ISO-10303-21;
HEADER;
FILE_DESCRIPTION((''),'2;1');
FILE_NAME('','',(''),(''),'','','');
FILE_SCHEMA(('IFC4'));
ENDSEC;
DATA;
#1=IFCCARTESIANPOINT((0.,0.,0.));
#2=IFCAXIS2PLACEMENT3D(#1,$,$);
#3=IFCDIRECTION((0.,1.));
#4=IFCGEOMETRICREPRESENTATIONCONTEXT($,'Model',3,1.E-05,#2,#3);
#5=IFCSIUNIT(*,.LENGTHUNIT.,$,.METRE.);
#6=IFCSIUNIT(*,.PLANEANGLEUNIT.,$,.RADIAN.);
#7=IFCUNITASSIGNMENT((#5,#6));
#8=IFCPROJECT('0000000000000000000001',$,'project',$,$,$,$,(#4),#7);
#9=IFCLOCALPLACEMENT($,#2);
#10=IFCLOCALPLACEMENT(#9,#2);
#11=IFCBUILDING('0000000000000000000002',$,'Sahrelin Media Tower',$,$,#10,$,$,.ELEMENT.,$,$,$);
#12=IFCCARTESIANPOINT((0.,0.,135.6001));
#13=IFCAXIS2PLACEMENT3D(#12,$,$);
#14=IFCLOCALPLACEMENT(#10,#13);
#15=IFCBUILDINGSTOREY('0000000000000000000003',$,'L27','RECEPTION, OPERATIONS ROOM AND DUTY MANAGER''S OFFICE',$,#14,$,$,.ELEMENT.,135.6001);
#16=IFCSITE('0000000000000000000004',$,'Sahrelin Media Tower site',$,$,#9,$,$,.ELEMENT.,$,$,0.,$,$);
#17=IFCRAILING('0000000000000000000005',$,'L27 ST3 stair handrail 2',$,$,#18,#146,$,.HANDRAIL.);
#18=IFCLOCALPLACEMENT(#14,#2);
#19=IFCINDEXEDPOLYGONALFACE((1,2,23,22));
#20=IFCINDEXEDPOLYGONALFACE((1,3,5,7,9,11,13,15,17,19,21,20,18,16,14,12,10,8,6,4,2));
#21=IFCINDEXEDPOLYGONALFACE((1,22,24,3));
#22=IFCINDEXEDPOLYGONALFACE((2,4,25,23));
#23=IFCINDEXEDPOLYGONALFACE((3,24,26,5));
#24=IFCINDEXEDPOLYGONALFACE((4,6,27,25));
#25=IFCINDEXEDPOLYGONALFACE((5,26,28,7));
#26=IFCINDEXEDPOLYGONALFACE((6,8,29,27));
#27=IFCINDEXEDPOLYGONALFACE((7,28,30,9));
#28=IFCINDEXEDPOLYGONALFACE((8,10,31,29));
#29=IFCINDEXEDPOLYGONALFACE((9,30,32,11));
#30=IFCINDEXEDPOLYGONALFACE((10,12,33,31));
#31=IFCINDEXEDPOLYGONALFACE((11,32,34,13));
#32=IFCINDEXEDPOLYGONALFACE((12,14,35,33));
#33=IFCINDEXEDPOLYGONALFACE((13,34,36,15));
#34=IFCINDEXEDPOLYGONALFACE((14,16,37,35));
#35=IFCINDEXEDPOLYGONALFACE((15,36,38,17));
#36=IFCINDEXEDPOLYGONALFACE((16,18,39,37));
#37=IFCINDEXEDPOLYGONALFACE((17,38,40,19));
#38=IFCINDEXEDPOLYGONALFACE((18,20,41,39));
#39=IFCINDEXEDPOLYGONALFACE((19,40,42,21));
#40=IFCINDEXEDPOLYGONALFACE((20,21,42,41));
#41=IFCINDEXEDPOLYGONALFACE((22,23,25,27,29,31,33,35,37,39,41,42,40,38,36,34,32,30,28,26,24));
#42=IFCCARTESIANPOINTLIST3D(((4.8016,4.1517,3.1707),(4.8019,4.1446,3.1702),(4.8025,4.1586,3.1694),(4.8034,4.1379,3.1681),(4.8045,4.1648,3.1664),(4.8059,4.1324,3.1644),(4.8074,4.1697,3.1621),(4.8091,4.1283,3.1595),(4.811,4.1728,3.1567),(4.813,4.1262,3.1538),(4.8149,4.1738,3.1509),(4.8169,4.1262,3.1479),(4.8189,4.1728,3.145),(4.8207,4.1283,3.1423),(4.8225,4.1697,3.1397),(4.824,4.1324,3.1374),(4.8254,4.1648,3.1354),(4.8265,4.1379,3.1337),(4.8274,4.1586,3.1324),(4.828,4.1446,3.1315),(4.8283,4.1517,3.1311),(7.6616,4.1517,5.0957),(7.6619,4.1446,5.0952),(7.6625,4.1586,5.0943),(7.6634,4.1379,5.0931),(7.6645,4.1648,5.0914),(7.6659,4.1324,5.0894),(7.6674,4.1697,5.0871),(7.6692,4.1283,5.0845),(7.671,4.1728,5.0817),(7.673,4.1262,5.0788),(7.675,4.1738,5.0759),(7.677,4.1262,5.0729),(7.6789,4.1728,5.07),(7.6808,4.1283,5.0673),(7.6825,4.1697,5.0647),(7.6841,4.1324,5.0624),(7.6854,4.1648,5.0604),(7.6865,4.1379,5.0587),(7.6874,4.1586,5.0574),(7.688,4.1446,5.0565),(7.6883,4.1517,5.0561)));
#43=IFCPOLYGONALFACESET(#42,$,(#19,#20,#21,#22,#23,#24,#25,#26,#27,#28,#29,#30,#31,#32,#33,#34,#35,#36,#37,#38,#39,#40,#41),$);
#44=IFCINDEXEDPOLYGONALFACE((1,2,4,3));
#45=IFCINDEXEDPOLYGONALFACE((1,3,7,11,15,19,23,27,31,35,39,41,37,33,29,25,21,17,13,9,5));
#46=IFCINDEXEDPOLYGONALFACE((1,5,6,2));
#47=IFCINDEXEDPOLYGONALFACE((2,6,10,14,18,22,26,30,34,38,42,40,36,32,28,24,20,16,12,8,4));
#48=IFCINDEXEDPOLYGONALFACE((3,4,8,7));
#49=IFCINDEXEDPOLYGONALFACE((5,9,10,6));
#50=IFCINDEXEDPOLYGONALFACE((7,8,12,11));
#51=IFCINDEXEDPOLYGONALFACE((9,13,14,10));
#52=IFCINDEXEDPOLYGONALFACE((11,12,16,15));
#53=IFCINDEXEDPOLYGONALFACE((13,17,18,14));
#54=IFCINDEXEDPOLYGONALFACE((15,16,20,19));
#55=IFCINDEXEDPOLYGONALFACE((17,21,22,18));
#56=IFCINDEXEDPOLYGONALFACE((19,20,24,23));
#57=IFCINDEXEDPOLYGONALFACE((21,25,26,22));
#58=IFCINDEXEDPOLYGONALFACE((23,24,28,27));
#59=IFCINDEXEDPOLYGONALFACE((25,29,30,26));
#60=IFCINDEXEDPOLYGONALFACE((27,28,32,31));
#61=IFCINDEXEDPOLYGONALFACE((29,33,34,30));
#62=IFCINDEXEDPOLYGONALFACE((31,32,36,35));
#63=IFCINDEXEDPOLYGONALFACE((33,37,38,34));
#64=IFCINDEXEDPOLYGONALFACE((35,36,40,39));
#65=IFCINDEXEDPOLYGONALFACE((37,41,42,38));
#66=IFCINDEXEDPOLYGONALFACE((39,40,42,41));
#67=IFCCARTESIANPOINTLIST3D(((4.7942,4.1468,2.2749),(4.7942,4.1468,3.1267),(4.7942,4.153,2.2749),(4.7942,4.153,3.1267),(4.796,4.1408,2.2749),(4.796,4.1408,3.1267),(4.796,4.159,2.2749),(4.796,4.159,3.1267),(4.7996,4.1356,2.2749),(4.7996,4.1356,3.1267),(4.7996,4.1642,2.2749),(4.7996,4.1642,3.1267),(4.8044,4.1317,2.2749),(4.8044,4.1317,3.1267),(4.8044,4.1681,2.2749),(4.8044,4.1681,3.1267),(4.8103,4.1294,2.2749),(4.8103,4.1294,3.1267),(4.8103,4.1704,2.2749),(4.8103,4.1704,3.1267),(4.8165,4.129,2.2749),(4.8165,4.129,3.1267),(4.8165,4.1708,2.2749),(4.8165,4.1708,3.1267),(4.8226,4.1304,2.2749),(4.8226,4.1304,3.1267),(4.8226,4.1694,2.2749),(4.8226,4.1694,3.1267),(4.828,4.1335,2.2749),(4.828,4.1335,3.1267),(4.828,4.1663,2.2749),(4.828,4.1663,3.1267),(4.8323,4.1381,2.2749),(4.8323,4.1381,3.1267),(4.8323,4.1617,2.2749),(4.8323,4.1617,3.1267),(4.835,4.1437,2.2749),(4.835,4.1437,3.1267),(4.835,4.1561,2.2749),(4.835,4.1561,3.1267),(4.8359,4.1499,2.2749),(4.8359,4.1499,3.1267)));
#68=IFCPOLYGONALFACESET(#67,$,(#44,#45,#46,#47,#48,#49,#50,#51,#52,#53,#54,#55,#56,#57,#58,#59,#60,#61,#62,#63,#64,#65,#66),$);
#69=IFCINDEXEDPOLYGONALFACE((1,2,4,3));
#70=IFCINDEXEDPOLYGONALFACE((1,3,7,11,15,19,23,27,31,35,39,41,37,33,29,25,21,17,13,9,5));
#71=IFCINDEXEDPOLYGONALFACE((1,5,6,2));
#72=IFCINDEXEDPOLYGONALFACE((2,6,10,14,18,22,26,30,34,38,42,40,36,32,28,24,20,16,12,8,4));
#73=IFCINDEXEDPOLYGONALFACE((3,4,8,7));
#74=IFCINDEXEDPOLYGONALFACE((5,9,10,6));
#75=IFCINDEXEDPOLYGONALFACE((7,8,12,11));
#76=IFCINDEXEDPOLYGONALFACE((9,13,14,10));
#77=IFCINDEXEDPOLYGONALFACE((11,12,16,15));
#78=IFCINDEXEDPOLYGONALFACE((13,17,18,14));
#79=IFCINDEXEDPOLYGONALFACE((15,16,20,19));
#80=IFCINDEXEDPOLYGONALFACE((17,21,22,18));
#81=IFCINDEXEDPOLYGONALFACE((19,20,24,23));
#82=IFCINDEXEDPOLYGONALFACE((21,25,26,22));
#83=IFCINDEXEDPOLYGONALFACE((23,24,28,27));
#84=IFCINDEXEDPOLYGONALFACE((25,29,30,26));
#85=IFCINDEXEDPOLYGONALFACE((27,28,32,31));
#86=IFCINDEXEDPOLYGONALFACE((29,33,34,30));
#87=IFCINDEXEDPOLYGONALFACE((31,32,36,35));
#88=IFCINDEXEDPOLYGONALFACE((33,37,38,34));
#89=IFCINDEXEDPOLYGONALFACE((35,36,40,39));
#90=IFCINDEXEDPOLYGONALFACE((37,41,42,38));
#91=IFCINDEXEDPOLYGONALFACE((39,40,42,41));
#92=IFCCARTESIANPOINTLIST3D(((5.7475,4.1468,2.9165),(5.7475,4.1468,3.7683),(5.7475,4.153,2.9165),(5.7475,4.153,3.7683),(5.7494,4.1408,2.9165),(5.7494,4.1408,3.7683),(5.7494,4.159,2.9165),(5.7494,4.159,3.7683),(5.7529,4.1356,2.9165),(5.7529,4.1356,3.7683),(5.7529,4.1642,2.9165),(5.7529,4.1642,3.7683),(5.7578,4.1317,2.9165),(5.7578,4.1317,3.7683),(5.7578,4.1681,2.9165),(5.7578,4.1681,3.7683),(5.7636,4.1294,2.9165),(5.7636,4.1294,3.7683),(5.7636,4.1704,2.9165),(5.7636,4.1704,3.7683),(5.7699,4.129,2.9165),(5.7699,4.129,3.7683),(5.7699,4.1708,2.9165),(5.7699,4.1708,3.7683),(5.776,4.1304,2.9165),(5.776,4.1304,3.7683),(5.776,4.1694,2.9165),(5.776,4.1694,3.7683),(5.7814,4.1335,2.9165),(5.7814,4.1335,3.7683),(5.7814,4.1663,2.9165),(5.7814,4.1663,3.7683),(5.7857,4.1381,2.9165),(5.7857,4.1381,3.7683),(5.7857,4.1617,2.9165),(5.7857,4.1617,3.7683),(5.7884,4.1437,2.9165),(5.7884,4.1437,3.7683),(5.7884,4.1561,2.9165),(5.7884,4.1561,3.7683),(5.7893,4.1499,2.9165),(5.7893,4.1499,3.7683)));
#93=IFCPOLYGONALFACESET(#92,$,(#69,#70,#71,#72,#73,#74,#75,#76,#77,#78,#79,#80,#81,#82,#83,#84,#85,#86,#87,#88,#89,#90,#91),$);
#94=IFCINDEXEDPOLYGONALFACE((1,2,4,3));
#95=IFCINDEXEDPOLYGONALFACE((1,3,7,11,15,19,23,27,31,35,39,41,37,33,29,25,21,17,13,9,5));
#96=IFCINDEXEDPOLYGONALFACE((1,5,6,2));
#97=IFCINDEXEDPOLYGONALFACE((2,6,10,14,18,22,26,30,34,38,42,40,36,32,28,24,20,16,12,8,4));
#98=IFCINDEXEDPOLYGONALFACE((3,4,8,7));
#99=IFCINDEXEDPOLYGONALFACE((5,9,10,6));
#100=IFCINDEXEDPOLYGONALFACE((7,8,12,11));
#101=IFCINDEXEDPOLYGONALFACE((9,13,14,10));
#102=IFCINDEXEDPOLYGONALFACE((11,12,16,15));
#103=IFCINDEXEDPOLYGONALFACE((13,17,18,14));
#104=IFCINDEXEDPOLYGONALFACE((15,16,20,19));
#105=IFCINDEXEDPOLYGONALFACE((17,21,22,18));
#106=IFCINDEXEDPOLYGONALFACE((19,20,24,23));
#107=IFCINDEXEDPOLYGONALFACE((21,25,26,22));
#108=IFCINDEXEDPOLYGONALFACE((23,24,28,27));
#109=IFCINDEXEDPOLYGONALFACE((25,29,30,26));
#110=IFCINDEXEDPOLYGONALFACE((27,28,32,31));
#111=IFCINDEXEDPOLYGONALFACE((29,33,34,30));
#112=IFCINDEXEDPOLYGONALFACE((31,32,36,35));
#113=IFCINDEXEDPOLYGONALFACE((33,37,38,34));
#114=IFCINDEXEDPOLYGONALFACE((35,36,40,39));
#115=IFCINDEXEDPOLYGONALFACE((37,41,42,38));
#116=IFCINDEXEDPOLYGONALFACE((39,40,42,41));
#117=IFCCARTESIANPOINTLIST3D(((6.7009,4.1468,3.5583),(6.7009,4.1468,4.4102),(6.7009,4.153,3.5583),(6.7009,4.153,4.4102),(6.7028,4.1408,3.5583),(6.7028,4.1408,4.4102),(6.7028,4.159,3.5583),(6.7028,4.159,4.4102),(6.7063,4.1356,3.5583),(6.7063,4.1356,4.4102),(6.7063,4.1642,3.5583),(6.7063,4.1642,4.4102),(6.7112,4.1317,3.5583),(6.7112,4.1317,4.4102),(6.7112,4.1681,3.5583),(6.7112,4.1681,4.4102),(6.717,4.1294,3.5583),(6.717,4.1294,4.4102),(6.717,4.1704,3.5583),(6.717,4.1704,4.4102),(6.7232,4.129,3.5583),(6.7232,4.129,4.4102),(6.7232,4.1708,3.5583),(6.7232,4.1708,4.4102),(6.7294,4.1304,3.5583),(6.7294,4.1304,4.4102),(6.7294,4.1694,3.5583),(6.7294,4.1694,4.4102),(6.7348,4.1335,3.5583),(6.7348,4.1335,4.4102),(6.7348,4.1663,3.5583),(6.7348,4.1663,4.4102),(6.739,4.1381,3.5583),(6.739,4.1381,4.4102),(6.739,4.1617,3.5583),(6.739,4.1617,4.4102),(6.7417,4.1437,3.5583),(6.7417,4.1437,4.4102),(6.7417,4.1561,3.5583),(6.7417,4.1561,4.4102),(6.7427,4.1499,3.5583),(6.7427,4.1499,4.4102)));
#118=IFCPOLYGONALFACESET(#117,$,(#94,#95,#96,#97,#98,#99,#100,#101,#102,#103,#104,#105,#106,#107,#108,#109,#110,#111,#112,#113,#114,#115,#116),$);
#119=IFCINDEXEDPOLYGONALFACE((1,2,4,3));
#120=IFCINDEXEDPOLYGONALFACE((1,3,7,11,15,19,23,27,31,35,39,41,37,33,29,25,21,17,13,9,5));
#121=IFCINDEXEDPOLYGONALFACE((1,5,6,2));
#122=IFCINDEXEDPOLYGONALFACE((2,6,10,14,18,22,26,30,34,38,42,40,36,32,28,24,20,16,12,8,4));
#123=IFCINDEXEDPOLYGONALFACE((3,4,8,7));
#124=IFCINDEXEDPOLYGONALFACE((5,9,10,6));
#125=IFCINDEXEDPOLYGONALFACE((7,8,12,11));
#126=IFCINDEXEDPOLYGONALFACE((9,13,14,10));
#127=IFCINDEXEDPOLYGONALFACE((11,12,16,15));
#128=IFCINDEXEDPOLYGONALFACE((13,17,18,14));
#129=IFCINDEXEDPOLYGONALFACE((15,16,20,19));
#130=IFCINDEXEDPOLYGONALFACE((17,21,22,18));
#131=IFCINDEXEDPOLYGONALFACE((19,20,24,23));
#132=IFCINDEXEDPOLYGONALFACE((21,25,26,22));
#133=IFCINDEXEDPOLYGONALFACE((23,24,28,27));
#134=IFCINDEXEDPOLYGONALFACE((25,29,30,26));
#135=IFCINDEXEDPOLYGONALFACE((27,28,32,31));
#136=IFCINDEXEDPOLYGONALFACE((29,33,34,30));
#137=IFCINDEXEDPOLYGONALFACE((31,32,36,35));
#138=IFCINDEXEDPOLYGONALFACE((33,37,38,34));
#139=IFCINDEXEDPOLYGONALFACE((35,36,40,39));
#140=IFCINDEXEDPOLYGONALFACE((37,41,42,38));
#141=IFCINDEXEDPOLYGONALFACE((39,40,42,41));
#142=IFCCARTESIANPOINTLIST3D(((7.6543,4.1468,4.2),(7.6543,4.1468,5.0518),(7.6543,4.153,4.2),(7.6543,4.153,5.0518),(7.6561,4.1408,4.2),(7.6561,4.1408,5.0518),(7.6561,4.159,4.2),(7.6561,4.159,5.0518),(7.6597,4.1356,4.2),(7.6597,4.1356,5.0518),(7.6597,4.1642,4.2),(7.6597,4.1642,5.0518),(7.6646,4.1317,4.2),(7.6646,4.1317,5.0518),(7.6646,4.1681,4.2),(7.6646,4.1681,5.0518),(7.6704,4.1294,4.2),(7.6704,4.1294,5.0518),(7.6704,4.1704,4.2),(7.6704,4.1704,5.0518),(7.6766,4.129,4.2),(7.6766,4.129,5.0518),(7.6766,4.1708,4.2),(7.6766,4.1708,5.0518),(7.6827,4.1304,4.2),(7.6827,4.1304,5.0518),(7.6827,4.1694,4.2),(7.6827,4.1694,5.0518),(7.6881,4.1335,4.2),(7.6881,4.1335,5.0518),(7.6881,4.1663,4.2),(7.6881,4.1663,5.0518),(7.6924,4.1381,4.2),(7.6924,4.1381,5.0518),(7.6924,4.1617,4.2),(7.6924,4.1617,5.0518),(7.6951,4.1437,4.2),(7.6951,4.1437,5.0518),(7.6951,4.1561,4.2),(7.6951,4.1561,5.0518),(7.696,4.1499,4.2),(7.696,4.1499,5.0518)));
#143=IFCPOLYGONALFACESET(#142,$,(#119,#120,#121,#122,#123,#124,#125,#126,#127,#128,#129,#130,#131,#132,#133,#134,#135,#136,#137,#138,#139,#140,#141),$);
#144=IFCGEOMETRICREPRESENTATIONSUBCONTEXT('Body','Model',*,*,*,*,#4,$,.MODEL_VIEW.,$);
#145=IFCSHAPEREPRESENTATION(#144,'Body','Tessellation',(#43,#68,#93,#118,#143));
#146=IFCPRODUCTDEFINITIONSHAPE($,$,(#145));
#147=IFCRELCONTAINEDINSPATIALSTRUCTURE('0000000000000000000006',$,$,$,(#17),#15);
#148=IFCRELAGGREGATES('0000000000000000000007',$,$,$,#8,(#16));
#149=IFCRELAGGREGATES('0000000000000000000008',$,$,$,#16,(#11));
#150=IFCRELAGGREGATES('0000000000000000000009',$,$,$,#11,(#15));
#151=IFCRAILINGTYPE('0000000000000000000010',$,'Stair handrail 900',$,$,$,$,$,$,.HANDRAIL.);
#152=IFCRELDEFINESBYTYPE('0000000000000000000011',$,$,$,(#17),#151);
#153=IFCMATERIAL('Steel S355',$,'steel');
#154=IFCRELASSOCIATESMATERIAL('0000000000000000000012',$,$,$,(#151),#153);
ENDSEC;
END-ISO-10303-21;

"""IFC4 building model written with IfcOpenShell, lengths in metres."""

from ifc_helpers import new_model, si_unit, direction, frame, origin, origin_2d, place, context, subcontext, project, spatial, circle, extrude, material, type_object, element, save


model = new_model("IFC4")

# Units and contexts
model_context = context("Model", 3, precision=1e-05, world=origin(), true_north=direction((0.0, 1.0)))
body_context = subcontext(model_context, "Body", "Model", "MODEL_VIEW")
ifc_project = project(units=[si_unit("LENGTHUNIT", "METRE"), si_unit("PLANEANGLEUNIT", "RADIAN")], contexts=[model_context])

# Site, building, storey
site_placement = place(None, origin())
site = spatial("IfcSite", under=ifc_project, at=site_placement, Name="Sahrelin Media Tower site", CompositionType="ELEMENT", RefElevation=0.0)
building_placement = place(site_placement, origin())
building = spatial("IfcBuilding", under=site, at=building_placement, Name="Sahrelin Media Tower", CompositionType="ELEMENT")
storey_placement = place(building_placement, frame((0.0, 0.0, 135.6001)))
storey = spatial("IfcBuildingStorey", under=building, at=storey_placement, Name="L27", Description="RECEPTION, OPERATIONS ROOM AND DUTY MANAGER'S OFFICE", CompositionType="ELEMENT", Elevation=135.6001)

# Shared definitions
ifc_material_1 = material(Name="Steel S355", Category="steel")

# Railing
railing_type_1 = type_object("IfcRailingType", Name="Stair handrail 900", PredefinedType="HANDRAIL", material=ifc_material_1)
railing_1_placement = place(storey_placement, frame((4.8149, 4.1499, 2.2749)))
element("IfcRailing", 1, at=railing_1_placement, inside=storey, type_object=railing_type_1, Name="L27 ST3 stair handrail 2", PredefinedType="HANDRAIL", context=body_context, shape_type="SweptSolid", body=[
    extrude(circle(Radius=0.0239, at=origin_2d()), frame((0.0, 0.0, 0.876), z_axis=(0.829591, 0.0, 0.558372), x_axis=(0.0, 1.0, 0.0)), (0.0, 0.0, 1.0), 3.4475),
    extrude(circle(Radius=0.021, at=origin_2d()), origin(), (0.0, 0.0, 1.0), 0.8518),
    extrude(circle(Radius=0.021, at=origin_2d()), frame((0.9534, 0.0, 0.6416)), (0.0, 0.0, 1.0), 0.8518),
    extrude(circle(Radius=0.021, at=origin_2d()), frame((1.9067, 0.0, 1.2834)), (0.0, 0.0, 1.0), 0.8518),
    extrude(circle(Radius=0.021, at=origin_2d()), frame((2.8601, 0.0, 1.925)), (0.0, 0.0, 1.0), 0.8518),
])

save(model, "model.ifc")
